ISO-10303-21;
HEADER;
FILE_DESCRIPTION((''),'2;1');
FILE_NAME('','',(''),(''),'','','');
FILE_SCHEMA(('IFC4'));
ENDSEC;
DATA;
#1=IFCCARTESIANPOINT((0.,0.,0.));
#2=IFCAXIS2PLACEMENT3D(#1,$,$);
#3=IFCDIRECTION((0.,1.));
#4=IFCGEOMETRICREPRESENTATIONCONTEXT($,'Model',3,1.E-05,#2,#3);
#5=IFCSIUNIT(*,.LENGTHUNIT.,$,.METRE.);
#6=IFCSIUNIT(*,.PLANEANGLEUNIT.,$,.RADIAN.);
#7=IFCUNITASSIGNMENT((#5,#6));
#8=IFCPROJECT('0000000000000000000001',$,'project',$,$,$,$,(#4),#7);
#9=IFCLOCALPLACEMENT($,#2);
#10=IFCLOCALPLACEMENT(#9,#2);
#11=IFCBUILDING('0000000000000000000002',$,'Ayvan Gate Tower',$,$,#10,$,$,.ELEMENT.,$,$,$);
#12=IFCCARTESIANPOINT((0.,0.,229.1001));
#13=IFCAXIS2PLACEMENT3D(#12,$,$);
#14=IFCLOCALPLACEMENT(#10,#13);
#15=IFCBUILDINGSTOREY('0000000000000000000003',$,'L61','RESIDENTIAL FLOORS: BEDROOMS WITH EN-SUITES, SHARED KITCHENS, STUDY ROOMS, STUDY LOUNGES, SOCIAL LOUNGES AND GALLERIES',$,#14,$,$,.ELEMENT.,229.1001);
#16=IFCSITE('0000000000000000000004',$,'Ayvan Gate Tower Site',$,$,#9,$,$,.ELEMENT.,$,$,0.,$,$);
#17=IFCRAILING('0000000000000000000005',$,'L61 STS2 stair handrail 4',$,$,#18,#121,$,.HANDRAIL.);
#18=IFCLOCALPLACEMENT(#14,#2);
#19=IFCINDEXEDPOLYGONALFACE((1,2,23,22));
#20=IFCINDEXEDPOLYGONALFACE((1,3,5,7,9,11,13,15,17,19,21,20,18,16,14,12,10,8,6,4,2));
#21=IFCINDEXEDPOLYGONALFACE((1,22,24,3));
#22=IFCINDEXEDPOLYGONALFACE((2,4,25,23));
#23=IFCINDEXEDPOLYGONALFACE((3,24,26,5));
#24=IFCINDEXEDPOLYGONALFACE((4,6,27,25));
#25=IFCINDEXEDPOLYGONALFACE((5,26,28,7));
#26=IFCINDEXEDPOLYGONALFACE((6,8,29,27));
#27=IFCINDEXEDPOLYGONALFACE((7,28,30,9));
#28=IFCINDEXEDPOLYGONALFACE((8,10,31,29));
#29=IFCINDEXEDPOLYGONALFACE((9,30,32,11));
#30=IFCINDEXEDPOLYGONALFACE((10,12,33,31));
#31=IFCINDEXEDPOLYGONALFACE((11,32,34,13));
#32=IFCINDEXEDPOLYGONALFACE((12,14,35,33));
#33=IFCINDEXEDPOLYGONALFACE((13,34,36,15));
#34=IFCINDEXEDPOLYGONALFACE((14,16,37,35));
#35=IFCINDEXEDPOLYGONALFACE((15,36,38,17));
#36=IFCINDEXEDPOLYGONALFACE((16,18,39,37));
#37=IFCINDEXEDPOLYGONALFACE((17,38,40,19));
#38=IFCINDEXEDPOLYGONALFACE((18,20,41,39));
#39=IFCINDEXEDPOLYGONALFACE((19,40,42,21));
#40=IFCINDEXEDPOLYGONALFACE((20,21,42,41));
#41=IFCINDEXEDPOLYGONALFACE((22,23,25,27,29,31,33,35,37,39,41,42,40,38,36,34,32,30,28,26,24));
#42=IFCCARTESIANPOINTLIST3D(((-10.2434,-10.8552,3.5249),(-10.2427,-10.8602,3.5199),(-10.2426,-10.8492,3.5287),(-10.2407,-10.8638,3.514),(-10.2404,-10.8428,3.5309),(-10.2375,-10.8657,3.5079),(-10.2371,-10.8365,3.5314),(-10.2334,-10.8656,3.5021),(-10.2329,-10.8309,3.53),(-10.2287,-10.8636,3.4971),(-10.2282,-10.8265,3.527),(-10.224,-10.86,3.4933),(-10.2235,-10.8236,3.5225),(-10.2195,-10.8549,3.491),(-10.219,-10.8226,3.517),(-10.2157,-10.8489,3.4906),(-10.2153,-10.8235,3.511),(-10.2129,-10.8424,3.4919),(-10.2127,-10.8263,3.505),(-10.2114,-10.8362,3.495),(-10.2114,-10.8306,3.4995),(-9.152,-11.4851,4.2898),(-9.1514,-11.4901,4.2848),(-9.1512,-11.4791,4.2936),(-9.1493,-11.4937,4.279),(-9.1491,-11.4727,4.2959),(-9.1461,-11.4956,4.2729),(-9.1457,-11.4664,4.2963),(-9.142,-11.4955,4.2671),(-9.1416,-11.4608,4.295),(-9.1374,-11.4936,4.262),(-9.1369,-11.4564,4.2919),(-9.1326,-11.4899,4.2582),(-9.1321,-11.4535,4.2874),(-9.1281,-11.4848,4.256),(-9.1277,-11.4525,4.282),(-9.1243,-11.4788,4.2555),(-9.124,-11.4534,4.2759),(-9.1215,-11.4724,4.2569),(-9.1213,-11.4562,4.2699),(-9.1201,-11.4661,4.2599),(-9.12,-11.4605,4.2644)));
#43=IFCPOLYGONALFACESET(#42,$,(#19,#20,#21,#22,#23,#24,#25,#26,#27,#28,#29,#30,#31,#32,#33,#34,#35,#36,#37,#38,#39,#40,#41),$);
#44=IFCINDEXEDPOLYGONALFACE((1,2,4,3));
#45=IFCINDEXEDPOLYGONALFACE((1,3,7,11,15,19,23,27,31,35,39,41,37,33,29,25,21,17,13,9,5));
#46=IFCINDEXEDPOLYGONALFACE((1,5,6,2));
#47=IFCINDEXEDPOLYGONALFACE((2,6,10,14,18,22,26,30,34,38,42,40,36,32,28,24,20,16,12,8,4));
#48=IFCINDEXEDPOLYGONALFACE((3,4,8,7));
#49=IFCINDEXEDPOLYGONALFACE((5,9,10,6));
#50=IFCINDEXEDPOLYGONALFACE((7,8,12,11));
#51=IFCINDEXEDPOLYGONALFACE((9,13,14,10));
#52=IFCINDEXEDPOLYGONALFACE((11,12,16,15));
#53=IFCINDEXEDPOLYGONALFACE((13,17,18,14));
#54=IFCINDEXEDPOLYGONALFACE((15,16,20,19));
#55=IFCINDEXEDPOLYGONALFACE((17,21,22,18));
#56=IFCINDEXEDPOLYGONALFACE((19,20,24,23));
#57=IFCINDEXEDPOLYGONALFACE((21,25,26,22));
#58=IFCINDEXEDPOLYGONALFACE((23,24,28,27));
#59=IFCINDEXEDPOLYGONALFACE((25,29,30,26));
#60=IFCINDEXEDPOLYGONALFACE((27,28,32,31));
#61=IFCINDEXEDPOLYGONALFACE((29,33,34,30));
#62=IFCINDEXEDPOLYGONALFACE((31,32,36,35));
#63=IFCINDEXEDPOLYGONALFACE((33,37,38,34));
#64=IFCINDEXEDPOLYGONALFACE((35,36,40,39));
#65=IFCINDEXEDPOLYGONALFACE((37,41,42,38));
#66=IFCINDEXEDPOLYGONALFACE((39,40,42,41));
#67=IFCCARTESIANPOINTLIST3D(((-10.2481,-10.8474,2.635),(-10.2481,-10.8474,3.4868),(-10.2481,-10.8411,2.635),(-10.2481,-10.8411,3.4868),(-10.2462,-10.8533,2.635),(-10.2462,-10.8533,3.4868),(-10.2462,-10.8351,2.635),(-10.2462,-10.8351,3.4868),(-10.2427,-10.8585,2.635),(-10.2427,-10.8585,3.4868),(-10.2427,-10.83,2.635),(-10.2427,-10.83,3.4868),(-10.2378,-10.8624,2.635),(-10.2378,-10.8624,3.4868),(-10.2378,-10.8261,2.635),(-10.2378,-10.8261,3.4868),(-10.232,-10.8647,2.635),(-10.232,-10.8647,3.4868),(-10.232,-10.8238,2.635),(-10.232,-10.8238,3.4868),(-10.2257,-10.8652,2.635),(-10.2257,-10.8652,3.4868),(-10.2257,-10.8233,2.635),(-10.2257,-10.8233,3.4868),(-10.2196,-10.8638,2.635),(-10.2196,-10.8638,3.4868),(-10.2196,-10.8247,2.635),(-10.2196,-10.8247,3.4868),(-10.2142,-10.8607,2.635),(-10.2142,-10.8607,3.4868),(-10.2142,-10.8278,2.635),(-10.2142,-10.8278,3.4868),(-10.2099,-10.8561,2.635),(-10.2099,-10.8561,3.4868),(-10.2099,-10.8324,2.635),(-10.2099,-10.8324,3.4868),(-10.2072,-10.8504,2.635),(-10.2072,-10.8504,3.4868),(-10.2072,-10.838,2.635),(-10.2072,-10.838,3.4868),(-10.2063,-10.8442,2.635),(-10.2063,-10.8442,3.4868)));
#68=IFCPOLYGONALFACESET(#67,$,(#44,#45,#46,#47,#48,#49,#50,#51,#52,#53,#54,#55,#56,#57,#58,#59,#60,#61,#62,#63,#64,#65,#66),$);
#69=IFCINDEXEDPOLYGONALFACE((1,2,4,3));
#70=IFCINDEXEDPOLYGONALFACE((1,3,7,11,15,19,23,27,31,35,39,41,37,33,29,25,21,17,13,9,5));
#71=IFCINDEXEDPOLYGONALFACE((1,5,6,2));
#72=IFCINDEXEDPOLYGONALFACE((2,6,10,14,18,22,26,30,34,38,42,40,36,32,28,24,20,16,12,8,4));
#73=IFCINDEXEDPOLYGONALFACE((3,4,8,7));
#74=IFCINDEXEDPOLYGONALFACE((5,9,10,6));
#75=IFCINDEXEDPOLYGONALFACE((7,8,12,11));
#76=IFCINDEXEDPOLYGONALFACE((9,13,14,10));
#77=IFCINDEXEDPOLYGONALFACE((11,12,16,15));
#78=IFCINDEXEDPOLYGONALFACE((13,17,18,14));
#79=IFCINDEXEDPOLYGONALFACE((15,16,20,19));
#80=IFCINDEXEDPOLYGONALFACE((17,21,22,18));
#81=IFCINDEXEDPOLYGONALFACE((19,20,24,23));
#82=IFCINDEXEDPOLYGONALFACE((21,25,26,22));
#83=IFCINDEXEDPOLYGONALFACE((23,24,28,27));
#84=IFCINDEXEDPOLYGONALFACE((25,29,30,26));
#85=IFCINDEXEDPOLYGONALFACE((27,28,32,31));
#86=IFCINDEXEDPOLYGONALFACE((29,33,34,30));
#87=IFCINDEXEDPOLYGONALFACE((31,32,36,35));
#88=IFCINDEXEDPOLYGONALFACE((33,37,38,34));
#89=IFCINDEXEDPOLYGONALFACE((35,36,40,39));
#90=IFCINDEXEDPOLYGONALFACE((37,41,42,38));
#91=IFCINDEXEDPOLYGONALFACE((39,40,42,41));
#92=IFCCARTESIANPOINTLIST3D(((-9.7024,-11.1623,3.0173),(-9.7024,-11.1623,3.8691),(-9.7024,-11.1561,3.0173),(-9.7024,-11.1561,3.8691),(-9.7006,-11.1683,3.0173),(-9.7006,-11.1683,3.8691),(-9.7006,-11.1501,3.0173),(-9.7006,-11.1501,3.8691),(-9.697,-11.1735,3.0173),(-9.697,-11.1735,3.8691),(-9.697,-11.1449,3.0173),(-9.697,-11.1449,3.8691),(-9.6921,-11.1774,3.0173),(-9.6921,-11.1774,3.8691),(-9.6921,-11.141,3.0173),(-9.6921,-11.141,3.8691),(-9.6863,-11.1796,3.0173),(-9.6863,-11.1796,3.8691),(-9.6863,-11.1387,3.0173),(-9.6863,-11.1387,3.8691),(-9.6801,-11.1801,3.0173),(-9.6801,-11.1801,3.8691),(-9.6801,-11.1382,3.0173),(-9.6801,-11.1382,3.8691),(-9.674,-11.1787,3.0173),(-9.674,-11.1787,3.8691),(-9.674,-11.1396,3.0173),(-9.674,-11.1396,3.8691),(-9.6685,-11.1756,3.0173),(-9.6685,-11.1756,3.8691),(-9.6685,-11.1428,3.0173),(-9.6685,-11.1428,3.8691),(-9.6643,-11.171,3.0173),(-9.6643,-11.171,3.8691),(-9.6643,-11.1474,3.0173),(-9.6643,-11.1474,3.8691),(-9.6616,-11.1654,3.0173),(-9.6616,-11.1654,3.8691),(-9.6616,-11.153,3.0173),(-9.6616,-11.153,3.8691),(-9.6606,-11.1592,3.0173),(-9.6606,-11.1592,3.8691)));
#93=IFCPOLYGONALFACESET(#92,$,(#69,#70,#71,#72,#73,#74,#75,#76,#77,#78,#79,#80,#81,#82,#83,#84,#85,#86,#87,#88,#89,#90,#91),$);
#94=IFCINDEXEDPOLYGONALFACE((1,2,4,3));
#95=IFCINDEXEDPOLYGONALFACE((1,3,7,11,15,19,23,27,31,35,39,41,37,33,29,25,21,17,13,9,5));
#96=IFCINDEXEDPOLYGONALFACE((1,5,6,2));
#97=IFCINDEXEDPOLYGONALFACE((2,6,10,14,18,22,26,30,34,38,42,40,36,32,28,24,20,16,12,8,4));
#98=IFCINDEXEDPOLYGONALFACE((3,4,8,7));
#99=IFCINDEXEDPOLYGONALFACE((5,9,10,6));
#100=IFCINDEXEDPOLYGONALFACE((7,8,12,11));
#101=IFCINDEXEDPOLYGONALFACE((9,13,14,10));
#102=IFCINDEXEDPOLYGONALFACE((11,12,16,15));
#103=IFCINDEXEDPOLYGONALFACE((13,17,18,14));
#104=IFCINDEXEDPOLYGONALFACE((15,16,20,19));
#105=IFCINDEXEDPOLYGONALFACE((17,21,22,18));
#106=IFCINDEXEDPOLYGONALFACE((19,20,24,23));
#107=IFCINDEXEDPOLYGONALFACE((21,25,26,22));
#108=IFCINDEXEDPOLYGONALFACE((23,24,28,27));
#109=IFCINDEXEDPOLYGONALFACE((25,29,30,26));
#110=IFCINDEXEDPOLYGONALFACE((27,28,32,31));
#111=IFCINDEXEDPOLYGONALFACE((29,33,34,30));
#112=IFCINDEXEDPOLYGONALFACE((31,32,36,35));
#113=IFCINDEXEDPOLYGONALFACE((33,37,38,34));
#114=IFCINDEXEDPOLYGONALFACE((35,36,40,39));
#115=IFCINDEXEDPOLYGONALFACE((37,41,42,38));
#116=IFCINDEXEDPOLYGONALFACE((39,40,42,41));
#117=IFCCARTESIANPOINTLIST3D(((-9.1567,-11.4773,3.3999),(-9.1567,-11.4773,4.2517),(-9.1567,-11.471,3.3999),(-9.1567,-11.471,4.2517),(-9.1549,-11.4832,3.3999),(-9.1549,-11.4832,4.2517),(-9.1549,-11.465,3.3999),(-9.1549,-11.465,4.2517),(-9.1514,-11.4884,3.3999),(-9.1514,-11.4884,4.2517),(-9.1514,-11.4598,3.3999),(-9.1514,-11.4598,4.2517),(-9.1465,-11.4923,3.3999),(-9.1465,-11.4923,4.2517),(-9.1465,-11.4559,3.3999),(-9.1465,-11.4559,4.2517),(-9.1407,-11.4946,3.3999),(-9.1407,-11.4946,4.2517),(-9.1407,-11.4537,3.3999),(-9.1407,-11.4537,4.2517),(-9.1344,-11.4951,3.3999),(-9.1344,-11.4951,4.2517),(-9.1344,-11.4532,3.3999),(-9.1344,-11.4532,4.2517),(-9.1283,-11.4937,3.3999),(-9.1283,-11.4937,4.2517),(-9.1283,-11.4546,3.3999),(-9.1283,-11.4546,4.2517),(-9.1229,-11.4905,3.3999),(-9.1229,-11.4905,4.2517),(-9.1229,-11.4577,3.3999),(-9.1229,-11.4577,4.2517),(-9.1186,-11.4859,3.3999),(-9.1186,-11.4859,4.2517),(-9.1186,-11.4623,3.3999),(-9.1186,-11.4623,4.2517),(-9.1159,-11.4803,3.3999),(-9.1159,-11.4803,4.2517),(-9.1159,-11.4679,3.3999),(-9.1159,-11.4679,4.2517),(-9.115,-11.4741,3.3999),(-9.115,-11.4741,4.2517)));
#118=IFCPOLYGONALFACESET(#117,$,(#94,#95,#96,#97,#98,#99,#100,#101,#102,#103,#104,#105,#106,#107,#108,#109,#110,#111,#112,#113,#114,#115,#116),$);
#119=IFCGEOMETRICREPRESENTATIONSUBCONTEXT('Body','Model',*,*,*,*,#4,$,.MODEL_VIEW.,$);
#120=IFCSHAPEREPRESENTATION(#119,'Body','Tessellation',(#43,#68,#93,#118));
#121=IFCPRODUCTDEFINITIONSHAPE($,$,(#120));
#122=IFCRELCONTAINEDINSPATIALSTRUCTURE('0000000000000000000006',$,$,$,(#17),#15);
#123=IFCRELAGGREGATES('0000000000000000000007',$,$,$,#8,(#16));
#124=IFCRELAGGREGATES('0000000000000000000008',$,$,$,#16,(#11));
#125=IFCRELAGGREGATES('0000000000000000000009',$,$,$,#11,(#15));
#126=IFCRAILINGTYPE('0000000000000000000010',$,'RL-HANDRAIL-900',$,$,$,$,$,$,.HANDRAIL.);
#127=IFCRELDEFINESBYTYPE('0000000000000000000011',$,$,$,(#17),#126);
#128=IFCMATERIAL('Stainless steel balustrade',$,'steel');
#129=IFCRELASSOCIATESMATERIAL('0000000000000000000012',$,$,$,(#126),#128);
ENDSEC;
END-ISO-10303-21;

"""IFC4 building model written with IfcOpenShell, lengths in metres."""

from ifc_helpers import new_model, si_unit, direction, frame, origin, origin_2d, place, context, subcontext, project, spatial, circle, extrude, material, type_object, element, save


model = new_model("IFC4")

# Units and contexts
model_context = context("Model", 3, precision=1e-05, world=origin(), true_north=direction((0.0, 1.0)))
body_context = subcontext(model_context, "Body", "Model", "MODEL_VIEW")
ifc_project = project(units=[si_unit("LENGTHUNIT", "METRE"), si_unit("PLANEANGLEUNIT", "RADIAN")], contexts=[model_context])

# Site, building, storey
site_placement = place(None, origin())
site = spatial("IfcSite", under=ifc_project, at=site_placement, Name="Ayvan Gate Tower Site", CompositionType="ELEMENT", RefElevation=0.0)
building_placement = place(site_placement, origin())
building = spatial("IfcBuilding", under=site, at=building_placement, Name="Ayvan Gate Tower", CompositionType="ELEMENT")
storey_placement = place(building_placement, frame((0.0, 0.0, 229.1001)))
storey = spatial("IfcBuildingStorey", under=building, at=storey_placement, Name="L61", Description="RESIDENTIAL FLOORS: BEDROOMS WITH EN-SUITES, SHARED KITCHENS, STUDY ROOMS, STUDY LOUNGES, SOCIAL LOUNGES AND GALLERIES", CompositionType="ELEMENT", Elevation=229.1001)

# Railing
ifc_material_1 = material(Name="Stainless steel balustrade", Category="steel")
railing_type = type_object("IfcRailingType", Name="RL-HANDRAIL-900", PredefinedType="HANDRAIL", material=ifc_material_1)
railing_placement = place(storey_placement, frame((-10.2273, -10.8442, 2.635)))
element("IfcRailing", 1, at=railing_placement, inside=storey, type_object=railing_type, Name="L61 STS2 stair handrail 4", PredefinedType="HANDRAIL", context=body_context, shape_type="SweptSolid", body=[
    extrude(circle(Radius=0.0239, at=origin_2d()), frame((0.0, 0.0, 0.876), z_axis=(0.740357, -0.42732, 0.518912), x_axis=(0.49989, 0.866089, 0.0)), (0.0, 0.0, 1.0), 1.4741),
    extrude(circle(Radius=0.021, at=origin_2d()), origin(), (0.0, 0.0, 1.0), 0.8518),
    extrude(circle(Radius=0.021, at=origin_2d()), frame((0.5457, -0.3149, 0.3823)), (0.0, 0.0, 1.0), 0.8518),
    extrude(circle(Radius=0.021, at=origin_2d()), frame((1.0913, -0.6299, 0.7649)), (0.0, 0.0, 1.0), 0.8518),
])

save(model, "model.ifc")
